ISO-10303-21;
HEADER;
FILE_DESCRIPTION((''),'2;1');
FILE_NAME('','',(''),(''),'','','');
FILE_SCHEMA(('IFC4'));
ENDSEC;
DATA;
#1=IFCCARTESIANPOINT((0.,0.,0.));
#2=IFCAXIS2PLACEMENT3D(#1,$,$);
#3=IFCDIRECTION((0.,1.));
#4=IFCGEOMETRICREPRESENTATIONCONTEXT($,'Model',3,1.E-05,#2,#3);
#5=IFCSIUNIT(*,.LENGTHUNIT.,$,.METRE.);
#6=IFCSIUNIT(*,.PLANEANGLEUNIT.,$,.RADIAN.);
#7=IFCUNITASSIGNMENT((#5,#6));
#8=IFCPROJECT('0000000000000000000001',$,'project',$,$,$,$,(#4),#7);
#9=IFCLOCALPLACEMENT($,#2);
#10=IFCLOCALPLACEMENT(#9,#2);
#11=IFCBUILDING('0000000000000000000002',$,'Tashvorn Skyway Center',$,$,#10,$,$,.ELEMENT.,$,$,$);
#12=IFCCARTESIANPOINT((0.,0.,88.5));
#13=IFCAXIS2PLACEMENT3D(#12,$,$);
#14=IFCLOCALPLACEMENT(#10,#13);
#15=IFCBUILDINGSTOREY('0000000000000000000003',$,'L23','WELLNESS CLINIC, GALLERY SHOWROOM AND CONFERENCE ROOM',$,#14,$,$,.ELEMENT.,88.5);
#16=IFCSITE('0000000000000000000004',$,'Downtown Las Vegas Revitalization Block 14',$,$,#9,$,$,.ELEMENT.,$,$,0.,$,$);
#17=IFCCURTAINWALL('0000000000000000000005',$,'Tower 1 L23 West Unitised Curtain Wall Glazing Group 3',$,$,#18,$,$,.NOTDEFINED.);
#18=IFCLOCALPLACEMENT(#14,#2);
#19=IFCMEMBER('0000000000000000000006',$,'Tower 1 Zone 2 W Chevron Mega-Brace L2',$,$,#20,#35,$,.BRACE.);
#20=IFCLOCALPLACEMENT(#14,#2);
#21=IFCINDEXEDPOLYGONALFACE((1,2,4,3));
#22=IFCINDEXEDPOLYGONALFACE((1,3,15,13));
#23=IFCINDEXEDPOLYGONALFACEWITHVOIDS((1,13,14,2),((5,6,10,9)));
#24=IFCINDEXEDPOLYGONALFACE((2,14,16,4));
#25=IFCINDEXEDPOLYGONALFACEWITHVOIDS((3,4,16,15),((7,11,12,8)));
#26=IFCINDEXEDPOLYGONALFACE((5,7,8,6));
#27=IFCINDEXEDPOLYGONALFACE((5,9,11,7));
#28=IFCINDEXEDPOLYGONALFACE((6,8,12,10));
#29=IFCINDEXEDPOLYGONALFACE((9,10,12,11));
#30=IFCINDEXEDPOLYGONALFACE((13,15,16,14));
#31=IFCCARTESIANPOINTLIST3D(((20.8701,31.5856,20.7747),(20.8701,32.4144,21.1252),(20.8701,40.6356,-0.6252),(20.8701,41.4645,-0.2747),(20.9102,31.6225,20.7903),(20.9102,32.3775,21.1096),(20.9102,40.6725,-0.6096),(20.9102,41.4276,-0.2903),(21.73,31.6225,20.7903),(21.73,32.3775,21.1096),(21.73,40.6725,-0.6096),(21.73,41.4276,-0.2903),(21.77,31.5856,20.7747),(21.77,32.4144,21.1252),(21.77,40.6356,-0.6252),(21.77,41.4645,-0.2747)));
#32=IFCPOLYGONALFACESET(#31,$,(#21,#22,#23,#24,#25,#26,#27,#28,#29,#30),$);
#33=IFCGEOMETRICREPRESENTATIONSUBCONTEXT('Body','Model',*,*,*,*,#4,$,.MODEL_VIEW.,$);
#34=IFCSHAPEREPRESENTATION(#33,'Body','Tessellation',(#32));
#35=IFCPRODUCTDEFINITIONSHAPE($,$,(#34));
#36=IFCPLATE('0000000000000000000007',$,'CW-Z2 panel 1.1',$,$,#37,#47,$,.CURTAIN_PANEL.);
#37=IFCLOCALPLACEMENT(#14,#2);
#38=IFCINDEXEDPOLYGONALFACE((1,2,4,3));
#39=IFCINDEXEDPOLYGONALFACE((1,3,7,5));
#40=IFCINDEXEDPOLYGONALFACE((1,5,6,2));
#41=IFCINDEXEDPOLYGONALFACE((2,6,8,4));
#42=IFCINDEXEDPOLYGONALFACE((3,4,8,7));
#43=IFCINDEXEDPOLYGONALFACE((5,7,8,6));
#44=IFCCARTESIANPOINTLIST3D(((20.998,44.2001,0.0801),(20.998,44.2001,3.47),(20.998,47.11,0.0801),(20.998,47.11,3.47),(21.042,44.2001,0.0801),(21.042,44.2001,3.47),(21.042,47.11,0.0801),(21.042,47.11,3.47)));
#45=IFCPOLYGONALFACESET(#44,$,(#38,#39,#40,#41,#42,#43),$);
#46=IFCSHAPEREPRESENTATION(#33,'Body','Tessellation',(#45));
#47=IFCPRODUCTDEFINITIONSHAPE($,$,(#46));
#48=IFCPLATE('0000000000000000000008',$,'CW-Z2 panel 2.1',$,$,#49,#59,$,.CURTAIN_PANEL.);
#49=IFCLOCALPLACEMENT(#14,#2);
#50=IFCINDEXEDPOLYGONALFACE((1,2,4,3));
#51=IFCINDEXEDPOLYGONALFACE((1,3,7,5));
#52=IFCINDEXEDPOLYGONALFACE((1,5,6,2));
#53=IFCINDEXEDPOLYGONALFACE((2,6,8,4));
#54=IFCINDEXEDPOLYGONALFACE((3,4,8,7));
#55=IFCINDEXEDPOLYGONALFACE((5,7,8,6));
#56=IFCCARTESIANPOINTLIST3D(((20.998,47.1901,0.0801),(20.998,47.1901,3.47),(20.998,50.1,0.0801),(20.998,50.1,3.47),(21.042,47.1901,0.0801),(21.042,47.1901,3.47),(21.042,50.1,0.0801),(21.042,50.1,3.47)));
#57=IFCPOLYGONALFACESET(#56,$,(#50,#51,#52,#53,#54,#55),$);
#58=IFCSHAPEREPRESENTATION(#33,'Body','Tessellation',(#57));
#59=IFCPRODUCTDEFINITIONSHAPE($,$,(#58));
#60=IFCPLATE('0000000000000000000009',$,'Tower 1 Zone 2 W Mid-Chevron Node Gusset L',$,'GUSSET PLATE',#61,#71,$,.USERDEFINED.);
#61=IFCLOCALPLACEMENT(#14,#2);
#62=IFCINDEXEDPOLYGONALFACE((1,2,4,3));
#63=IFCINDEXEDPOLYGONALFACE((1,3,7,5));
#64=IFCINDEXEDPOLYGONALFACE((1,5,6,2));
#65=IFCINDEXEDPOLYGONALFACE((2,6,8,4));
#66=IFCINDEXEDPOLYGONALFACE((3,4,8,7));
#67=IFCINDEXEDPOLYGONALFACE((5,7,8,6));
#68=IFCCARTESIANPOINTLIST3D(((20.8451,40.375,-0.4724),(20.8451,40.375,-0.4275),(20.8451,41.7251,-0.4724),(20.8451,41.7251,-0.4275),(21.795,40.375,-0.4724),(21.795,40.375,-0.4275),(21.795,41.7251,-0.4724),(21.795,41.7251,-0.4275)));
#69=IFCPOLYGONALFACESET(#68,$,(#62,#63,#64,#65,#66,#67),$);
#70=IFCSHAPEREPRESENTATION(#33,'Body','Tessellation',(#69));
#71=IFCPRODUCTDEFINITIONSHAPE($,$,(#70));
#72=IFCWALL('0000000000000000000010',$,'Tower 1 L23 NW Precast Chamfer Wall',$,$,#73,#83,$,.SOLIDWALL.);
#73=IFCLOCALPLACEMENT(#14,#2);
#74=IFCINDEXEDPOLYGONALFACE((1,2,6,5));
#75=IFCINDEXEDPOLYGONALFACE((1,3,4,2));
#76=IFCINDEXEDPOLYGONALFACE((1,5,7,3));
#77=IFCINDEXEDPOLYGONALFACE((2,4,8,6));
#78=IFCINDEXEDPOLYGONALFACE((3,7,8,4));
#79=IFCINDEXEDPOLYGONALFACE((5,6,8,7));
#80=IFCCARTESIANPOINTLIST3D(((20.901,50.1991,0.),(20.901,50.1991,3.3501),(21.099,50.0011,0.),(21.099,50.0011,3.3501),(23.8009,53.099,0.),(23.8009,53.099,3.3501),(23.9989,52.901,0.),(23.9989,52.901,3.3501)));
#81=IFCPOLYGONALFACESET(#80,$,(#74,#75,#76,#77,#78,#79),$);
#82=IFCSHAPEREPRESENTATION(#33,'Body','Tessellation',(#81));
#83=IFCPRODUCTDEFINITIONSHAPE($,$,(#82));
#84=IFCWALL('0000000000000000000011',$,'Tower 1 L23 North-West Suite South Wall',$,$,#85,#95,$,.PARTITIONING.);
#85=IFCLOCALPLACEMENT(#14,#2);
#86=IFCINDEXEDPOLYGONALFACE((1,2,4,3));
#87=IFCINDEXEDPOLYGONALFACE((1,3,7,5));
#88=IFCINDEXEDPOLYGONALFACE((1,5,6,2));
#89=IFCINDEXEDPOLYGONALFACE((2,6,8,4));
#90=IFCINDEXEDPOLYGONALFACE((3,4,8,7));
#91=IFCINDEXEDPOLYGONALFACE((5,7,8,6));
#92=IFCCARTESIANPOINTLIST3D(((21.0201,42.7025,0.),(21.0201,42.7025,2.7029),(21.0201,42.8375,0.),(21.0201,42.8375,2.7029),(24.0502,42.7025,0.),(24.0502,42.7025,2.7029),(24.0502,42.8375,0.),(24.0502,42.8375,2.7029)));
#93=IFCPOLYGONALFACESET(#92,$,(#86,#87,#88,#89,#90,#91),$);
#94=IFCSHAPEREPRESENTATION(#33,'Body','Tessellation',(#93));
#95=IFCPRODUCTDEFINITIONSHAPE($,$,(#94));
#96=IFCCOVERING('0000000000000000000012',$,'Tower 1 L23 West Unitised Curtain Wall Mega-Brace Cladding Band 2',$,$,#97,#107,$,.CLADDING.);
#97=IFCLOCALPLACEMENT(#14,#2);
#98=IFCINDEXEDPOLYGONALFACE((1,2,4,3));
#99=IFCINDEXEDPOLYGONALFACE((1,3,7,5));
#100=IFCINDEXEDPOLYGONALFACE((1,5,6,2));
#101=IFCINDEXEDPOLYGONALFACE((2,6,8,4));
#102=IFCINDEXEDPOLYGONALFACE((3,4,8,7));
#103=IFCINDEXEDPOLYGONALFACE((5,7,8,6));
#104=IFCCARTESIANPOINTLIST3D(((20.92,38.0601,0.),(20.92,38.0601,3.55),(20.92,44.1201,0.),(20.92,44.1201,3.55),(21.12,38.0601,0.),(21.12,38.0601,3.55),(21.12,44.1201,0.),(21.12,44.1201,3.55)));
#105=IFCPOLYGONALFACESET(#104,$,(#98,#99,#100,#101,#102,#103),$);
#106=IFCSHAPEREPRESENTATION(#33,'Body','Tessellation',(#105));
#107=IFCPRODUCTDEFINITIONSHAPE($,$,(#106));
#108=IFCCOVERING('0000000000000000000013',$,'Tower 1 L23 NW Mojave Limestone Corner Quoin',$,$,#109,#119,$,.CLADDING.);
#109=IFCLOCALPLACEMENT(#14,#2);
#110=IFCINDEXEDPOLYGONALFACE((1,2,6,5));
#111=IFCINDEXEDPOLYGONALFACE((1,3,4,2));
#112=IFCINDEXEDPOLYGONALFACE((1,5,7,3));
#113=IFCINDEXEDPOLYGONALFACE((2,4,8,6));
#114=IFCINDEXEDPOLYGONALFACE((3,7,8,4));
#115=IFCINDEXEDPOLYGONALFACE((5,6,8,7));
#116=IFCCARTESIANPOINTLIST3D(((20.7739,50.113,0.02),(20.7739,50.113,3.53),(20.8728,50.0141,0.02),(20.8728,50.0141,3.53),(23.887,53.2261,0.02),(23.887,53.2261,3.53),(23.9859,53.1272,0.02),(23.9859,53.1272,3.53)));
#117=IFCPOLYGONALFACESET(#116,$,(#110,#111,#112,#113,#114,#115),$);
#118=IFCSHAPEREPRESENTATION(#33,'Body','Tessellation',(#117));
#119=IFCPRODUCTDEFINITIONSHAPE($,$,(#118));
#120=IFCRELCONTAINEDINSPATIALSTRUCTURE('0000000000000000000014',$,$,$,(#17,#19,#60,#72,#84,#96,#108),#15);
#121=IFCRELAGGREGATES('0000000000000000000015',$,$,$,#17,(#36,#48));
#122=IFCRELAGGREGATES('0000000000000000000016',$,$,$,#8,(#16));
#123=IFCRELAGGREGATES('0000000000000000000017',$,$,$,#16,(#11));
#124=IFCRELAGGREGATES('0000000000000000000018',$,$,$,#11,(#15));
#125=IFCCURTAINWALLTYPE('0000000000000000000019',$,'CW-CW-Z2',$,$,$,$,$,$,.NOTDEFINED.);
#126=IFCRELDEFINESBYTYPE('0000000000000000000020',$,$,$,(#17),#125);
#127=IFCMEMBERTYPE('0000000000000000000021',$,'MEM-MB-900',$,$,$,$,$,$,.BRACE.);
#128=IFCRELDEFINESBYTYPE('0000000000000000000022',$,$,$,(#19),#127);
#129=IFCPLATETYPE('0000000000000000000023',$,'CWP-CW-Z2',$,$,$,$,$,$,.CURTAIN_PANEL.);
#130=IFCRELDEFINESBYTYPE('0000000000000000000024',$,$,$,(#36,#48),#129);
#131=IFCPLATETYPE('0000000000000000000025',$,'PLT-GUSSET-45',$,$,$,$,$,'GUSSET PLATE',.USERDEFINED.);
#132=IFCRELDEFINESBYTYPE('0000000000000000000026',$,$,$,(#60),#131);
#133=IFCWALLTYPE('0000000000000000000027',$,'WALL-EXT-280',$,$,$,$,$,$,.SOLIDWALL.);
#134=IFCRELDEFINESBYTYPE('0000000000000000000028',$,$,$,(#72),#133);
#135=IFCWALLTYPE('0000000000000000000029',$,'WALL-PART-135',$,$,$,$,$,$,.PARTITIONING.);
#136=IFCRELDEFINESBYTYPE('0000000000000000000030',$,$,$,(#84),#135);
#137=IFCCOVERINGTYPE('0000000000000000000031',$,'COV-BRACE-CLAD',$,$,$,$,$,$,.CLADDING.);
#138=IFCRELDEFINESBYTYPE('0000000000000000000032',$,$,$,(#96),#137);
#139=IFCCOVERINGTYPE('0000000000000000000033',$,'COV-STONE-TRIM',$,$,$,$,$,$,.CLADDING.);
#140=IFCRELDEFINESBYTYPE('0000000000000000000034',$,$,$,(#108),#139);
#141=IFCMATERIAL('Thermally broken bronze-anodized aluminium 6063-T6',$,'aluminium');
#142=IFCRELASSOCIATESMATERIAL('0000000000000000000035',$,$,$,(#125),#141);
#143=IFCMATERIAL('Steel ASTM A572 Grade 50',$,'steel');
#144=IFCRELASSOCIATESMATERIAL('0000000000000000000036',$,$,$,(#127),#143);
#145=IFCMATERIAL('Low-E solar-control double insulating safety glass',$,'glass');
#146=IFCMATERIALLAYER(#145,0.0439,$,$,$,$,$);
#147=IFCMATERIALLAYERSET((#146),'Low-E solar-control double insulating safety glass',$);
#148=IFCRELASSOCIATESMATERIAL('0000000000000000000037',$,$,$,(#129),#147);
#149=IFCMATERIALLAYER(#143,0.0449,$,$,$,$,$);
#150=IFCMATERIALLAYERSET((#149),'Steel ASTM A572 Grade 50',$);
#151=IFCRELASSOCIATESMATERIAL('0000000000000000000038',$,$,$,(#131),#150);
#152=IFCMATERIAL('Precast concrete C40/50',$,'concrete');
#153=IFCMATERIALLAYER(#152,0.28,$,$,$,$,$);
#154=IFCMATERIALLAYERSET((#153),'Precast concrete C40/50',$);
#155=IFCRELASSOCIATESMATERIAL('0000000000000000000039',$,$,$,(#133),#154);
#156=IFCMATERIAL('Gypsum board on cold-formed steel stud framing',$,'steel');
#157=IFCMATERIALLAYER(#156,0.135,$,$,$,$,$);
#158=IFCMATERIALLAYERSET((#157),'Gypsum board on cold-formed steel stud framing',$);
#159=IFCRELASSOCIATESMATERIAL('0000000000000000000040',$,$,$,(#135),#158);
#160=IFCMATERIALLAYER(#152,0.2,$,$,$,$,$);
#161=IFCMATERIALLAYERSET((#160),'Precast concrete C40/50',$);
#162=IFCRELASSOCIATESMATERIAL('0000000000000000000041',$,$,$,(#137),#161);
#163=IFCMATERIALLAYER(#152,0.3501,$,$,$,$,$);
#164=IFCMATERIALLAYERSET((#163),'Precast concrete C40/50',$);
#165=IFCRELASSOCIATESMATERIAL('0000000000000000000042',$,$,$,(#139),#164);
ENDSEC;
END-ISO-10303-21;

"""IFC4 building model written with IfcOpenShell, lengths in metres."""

from ifc_helpers import new_model, si_unit, direction, frame, frame_2d, origin, origin_2d, place, context, subcontext, project, spatial, rectangle, hollow_rectangle, extrude, material, layer, layer_set, material_profile, profile_set, type_object, element, aggregate, save


model = new_model("IFC4")

# Units and contexts
model_context = context("Model", 3, precision=1e-05, world=origin(), true_north=direction((0.0, 1.0)))
body_context = subcontext(model_context, "Body", "Model", "MODEL_VIEW")
ifc_project = project(units=[si_unit("LENGTHUNIT", "METRE"), si_unit("PLANEANGLEUNIT", "RADIAN")], contexts=[model_context])

# Site, building, storey
site_placement = place(None, origin())
site = spatial("IfcSite", under=ifc_project, at=site_placement, Name="Downtown Las Vegas Revitalization Block 14", CompositionType="ELEMENT", RefElevation=0.0)
building_placement = place(site_placement, origin())
building = spatial("IfcBuilding", under=site, at=building_placement, Name="Tashvorn Skyway Center", CompositionType="ELEMENT")
storey_placement = place(building_placement, frame((0.0, 0.0, 88.5)))
storey = spatial("IfcBuildingStorey", under=building, at=storey_placement, Name="L23", Description="WELLNESS CLINIC, GALLERY SHOWROOM AND CONFERENCE ROOM", CompositionType="ELEMENT", Elevation=88.5)

# Shared definitions
ifc_material_1 = material(Name="Steel ASTM A572 Grade 50", Category="steel")

# Curtain wall
ifc_material_2 = material(Name="Thermally broken bronze-anodized aluminium 6063-T6", Category="aluminium")
curtain_wall_type = type_object("IfcCurtainWallType", Name="CW-CW-Z2", PredefinedType="NOTDEFINED", material=ifc_material_2)
curtain_wall_1_placement = place(storey_placement, origin())
curtain_wall_1 = element("IfcCurtainWall", 1, at=curtain_wall_1_placement, inside=storey, type_object=curtain_wall_type, Name="Tower 1 L23 West Unitised Curtain Wall Glazing Group 3", PredefinedType="NOTDEFINED")

# Member
ifc_material_profile_1 = material_profile(ifc_material_1, hollow_rectangle(XDim=0.8999, YDim=0.8999, WallThickness=0.04, at=origin_2d()), Name="BOX900x900x40")
ifc_profile_set_1 = profile_set([ifc_material_profile_1], Name="Steel ASTM A572 Grade 50")
member_type_1 = type_object("IfcMemberType", Name="MEM-MB-900", PredefinedType="BRACE", material=ifc_profile_set_1)
member_1_placement = place(storey_placement, frame((21.3201, 41.05, -0.45), z_axis=(0.0, -0.389503, 0.921025), x_axis=(1.0, 0.0, 0.0)))
element("IfcMember", 2, at=member_1_placement, inside=storey, type_object=member_type_1, Name="Tower 1 Zone 2 W Chevron Mega-Brace L2", PredefinedType="BRACE", context=body_context, shape_type="SweptSolid", body=[
    extrude(hollow_rectangle(XDim=0.8999, YDim=0.8999, WallThickness=0.04, at=origin_2d()), origin(), (0.0, 0.0, 1.0), 23.2349),
])

# Plates
ifc_material_3 = material(Name="Low-E solar-control double insulating safety glass", Category="glass")
ifc_layer_1 = layer(ifc_material_3, 0.0439)
ifc_layer_set_1 = layer_set([ifc_layer_1], Name="Low-E solar-control double insulating safety glass")
plate_type_1 = type_object("IfcPlateType", Name="CWP-CW-Z2", PredefinedType="CURTAIN_PANEL", material=ifc_layer_set_1)
plate_1_placement = place(storey_placement, frame((21.02, 45.655, 0.0801), z_axis=(0.0, 0.0, 1.0), x_axis=(0.0, 1.0, 0.0)))
plate_1 = element("IfcPlate", 3, at=plate_1_placement, type_object=plate_type_1, Name="CW-Z2 panel 1.1", PredefinedType="CURTAIN_PANEL", context=body_context, shape_type="SweptSolid", body=[
    extrude(rectangle(XDim=2.9099, YDim=0.0439, at=origin_2d()), origin(), (0.0, 0.0, 1.0), 3.3899),
])
plate_2_placement = place(storey_placement, frame((21.02, 48.645, 0.0801), z_axis=(0.0, 0.0, 1.0), x_axis=(0.0, 1.0, 0.0)))
plate_2 = element("IfcPlate", 4, at=plate_2_placement, type_object=plate_type_1, Name="CW-Z2 panel 2.1", PredefinedType="CURTAIN_PANEL", context=body_context, shape_type="SweptSolid", body=[
    extrude(rectangle(XDim=2.9099, YDim=0.0439, at=origin_2d()), origin(), (0.0, 0.0, 1.0), 3.3899),
])
aggregate(curtain_wall_1, [plate_1, plate_2])
ifc_layer_2 = layer(ifc_material_1, 0.0449)
ifc_layer_set_2 = layer_set([ifc_layer_2], Name="Steel ASTM A572 Grade 50")
plate_type_2 = type_object("IfcPlateType", Name="PLT-GUSSET-45", ElementType="GUSSET PLATE", PredefinedType="USERDEFINED", material=ifc_layer_set_2)
plate_3_placement = place(storey_placement, frame((21.3201, 41.05, -0.4724), z_axis=(0.0, 0.0, 1.0), x_axis=(0.0, -1.0, 0.0)))
element("IfcPlate", 5, at=plate_3_placement, inside=storey, type_object=plate_type_2, Name="Tower 1 Zone 2 W Mid-Chevron Node Gusset L", ObjectType="GUSSET PLATE", PredefinedType="USERDEFINED", context=body_context, shape_type="SweptSolid", body=[
    extrude(rectangle(XDim=1.3501, YDim=0.95, at=origin_2d()), origin(), (0.0, 0.0, 1.0), 0.0449),
])

# Walls
ifc_material_4 = material(Name="Precast concrete C40/50", Category="concrete")
ifc_layer_3 = layer(ifc_material_4, 0.28)
ifc_layer_set_3 = layer_set([ifc_layer_3], Name="Precast concrete C40/50")
wall_type_1 = type_object("IfcWallType", Name="WALL-EXT-280", PredefinedType="SOLIDWALL", material=ifc_layer_set_3)
wall_1_placement = place(storey_placement, frame((21.0, 50.1001, 0.0), z_axis=(0.0, 0.0, 1.0), x_axis=(0.707107, 0.707107, 0.0)))
element("IfcWall", 6, at=wall_1_placement, inside=storey, type_object=wall_type_1, Name="Tower 1 L23 NW Precast Chamfer Wall", PredefinedType="SOLIDWALL", context=body_context, shape_type="SweptSolid", body=[
    extrude(rectangle(XDim=4.1011, YDim=0.28, at=frame_2d((2.0505, 0.0))), origin(), (0.0, 0.0, 1.0), 3.3501),
])
ifc_material_5 = material(Name="Gypsum board on cold-formed steel stud framing", Category="steel")
ifc_layer_4 = layer(ifc_material_5, 0.135)
ifc_layer_set_4 = layer_set([ifc_layer_4], Name="Gypsum board on cold-formed steel stud framing")
wall_type_2 = type_object("IfcWallType", Name="WALL-PART-135", PredefinedType="PARTITIONING", material=ifc_layer_set_4)
wall_2_placement = place(storey_placement, frame((21.02, 42.77, 0.0), z_axis=(0.0, 0.0, 1.0), x_axis=(1.0, 0.0, 0.0)))
element("IfcWall", 7, at=wall_2_placement, inside=storey, type_object=wall_type_2, Name="Tower 1 L23 North-West Suite South Wall", PredefinedType="PARTITIONING", context=body_context, shape_type="SweptSolid", body=[
    extrude(rectangle(XDim=3.03, YDim=0.135, at=frame_2d((1.5151, 0.0))), origin(), (0.0, 0.0, 1.0), 2.7029),
])

# Coverings
ifc_layer_5 = layer(ifc_material_4, 0.2)
ifc_layer_set_5 = layer_set([ifc_layer_5], Name="Precast concrete C40/50")
covering_type_1 = type_object("IfcCoveringType", Name="COV-BRACE-CLAD", PredefinedType="CLADDING", material=ifc_layer_set_5)
covering_1_placement = place(storey_placement, frame((21.02, 41.0901, 0.0), z_axis=(0.0, 0.0, 1.0), x_axis=(0.0, 1.0, 0.0)))
element("IfcCovering", 8, at=covering_1_placement, inside=storey, type_object=covering_type_1, Name="Tower 1 L23 West Unitised Curtain Wall Mega-Brace Cladding Band 2", PredefinedType="CLADDING", context=body_context, shape_type="SweptSolid", body=[
    extrude(rectangle(XDim=6.0601, YDim=0.2, at=origin_2d()), origin(), (0.0, 0.0, 1.0), 3.55),
])
ifc_layer_6 = layer(ifc_material_4, 0.3501)
ifc_layer_set_6 = layer_set([ifc_layer_6], Name="Precast concrete C40/50")
covering_type_2 = type_object("IfcCoveringType", Name="COV-STONE-TRIM", PredefinedType="CLADDING", material=ifc_layer_set_6)
covering_2_placement = place(storey_placement, frame((22.3799, 51.6201, 0.02), z_axis=(0.0, 0.0, 1.0), x_axis=(-0.707107, -0.707107, 0.0)))
element("IfcCovering", 9, at=covering_2_placement, inside=storey, type_object=covering_type_2, Name="Tower 1 L23 NW Mojave Limestone Corner Quoin", PredefinedType="CLADDING", context=body_context, shape_type="SweptSolid", body=[
    extrude(rectangle(XDim=4.4026, YDim=0.1399, at=origin_2d()), origin(), (0.0, 0.0, 1.0), 3.51),
])

save(model, "model.ifc")
